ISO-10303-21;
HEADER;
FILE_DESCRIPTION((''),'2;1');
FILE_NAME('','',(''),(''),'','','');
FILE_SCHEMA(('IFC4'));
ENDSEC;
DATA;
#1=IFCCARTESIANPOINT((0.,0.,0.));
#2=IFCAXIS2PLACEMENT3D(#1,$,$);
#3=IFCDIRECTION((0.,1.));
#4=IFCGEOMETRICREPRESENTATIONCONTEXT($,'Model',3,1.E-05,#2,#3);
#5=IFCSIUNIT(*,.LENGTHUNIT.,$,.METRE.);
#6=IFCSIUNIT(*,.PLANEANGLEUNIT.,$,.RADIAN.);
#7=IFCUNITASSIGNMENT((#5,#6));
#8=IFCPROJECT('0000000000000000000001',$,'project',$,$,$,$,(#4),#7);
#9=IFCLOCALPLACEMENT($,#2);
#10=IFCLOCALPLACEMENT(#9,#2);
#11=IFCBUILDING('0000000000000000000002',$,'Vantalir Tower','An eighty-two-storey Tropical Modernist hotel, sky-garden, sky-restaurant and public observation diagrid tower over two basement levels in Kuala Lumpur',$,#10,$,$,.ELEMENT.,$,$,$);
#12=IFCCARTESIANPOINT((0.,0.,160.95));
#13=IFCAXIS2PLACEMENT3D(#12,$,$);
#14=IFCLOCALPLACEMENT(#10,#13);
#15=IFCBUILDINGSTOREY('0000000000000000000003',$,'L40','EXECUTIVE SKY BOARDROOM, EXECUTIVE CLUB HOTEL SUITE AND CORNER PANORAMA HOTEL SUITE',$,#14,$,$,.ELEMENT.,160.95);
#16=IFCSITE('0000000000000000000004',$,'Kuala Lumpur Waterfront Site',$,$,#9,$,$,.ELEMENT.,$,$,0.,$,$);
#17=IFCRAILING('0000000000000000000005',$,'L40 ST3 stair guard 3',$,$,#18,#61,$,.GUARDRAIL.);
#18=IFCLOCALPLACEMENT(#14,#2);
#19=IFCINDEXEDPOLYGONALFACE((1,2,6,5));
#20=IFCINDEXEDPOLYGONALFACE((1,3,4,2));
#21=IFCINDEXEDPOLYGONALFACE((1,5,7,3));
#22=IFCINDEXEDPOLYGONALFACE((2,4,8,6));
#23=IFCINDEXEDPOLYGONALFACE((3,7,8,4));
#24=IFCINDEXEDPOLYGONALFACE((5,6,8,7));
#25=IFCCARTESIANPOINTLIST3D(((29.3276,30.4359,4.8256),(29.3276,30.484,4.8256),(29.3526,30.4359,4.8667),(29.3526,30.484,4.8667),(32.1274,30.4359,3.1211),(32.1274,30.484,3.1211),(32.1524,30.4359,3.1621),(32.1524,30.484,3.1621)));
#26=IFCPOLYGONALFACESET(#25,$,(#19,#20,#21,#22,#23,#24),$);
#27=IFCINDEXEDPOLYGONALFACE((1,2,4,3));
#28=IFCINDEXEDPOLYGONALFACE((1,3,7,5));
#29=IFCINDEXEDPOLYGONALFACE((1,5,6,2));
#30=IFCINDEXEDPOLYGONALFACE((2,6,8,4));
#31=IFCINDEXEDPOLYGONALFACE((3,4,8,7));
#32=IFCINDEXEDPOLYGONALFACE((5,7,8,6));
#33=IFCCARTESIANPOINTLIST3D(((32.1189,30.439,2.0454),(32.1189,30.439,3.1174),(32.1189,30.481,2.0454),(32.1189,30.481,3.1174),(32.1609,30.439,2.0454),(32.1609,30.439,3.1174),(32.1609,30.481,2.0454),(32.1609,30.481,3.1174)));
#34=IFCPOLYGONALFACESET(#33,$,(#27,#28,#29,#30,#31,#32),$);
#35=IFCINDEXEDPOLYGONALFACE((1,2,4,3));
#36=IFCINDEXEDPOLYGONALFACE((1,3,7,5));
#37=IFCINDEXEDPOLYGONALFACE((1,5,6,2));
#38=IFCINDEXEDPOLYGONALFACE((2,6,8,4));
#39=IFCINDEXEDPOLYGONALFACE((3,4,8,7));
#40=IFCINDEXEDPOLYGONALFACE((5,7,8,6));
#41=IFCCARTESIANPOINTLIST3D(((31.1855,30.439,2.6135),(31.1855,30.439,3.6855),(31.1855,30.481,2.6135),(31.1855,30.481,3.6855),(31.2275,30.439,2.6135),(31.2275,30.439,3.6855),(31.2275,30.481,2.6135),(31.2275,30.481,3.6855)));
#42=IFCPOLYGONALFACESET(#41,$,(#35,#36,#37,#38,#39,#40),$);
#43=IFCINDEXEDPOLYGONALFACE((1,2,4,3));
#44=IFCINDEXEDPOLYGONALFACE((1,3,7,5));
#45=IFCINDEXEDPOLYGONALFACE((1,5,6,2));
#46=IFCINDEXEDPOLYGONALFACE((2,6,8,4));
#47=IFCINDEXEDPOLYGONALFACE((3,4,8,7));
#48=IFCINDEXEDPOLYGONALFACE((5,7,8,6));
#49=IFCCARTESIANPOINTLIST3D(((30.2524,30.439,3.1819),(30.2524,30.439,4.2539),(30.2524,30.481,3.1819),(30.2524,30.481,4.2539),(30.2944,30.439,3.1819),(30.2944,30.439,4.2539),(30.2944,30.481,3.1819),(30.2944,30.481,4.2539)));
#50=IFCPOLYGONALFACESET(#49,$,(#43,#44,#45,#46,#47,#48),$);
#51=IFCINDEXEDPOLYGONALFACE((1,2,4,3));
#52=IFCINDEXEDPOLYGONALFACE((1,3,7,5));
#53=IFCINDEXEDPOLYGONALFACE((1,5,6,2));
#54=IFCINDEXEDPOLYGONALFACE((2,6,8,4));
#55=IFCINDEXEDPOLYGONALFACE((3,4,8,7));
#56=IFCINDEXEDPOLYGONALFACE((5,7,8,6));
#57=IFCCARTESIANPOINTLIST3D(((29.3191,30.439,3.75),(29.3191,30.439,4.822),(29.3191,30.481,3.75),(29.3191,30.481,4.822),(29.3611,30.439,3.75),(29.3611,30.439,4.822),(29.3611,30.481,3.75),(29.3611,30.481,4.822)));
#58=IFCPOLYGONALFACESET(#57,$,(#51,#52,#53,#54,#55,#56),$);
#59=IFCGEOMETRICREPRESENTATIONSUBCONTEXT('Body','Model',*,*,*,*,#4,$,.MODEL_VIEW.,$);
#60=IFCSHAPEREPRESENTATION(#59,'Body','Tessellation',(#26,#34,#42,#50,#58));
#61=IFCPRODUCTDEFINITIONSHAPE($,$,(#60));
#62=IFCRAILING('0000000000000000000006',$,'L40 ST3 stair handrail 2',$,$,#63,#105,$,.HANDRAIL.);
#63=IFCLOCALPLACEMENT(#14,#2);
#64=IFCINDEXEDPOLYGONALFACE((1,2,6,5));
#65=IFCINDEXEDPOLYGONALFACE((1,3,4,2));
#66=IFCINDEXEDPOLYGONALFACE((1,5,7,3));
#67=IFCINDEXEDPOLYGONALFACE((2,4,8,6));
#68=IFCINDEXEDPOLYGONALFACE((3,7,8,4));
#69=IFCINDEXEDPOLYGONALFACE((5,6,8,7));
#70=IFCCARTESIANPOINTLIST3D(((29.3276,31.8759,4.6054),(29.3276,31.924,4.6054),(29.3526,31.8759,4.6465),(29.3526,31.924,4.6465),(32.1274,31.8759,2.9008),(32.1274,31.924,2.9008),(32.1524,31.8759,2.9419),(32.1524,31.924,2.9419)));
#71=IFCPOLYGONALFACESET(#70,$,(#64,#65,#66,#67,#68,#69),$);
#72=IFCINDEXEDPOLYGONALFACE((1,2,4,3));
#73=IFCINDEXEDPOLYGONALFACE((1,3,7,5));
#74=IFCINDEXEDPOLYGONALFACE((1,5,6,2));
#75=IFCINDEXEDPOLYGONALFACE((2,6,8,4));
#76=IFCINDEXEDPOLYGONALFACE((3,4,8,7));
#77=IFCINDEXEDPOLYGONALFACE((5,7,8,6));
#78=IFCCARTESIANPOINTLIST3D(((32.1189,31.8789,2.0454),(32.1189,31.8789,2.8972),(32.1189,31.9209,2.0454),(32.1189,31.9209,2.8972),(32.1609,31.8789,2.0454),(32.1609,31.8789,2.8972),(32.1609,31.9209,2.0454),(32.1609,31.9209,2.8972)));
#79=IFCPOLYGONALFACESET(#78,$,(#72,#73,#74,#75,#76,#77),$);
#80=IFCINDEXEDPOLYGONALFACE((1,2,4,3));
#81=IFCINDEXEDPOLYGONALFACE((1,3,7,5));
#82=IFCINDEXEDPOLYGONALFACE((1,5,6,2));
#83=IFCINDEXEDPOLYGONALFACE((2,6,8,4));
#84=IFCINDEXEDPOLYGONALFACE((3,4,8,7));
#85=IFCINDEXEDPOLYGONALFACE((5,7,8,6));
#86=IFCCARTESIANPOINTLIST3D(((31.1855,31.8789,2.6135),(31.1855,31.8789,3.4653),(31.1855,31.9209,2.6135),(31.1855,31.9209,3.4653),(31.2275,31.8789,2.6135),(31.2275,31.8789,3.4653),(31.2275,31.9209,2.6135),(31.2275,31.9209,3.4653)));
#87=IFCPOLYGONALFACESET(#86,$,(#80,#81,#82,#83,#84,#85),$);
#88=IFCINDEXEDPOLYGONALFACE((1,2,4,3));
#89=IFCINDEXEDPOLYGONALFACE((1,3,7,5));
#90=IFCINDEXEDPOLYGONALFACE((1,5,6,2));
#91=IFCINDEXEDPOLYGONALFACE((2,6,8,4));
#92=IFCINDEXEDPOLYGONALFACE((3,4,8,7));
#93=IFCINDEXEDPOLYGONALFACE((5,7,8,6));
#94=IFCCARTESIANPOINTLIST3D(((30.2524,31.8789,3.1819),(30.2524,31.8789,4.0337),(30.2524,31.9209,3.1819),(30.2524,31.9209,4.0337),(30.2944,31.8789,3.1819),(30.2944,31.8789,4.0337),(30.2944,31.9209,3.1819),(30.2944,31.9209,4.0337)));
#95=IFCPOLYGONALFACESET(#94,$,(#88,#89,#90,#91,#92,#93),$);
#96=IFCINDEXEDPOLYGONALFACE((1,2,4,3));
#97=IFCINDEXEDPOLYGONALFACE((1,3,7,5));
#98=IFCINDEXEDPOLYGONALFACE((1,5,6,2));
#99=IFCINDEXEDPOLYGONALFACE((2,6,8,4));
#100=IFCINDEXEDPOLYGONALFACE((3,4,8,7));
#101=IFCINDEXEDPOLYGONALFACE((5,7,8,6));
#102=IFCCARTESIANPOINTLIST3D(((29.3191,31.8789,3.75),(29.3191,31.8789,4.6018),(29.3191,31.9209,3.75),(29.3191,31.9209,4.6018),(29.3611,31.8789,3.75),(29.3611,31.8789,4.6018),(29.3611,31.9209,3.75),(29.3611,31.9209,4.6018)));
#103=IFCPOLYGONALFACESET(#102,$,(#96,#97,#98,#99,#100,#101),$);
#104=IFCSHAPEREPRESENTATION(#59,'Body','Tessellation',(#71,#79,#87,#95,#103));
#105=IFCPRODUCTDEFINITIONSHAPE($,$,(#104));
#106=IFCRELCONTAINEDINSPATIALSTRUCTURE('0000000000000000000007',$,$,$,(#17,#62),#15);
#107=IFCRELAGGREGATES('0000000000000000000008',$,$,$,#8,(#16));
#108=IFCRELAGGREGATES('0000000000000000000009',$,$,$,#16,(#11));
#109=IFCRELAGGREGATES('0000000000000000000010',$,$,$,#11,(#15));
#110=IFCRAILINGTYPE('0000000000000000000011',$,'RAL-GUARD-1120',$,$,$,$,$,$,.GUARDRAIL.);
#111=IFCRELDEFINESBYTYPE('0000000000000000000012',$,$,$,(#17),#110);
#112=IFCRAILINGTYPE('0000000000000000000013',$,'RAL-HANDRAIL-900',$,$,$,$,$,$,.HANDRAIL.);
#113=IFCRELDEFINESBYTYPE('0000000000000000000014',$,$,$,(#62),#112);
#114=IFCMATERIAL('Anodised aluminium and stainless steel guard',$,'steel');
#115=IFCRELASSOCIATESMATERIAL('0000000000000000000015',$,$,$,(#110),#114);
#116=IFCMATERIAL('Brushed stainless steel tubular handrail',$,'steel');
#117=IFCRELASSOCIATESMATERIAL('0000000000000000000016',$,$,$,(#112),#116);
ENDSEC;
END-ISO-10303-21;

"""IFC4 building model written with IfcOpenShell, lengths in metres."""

from ifc_helpers import new_model, si_unit, direction, frame, origin, origin_2d, place, context, subcontext, project, spatial, rectangle, extrude, material, type_object, element, save


model = new_model("IFC4")

# Units and contexts
model_context = context("Model", 3, precision=1e-05, world=origin(), true_north=direction((0.0, 1.0)))
body_context = subcontext(model_context, "Body", "Model", "MODEL_VIEW")
ifc_project = project(units=[si_unit("LENGTHUNIT", "METRE"), si_unit("PLANEANGLEUNIT", "RADIAN")], contexts=[model_context])

# Site, building, storey
site_placement = place(None, origin())
site = spatial("IfcSite", under=ifc_project, at=site_placement, Name="Kuala Lumpur Waterfront Site", CompositionType="ELEMENT", RefElevation=0.0)
building_placement = place(site_placement, origin())
building = spatial("IfcBuilding", under=site, at=building_placement, Name="Vantalir Tower", Description="An eighty-two-storey Tropical Modernist hotel, sky-garden, sky-restaurant and public observation diagrid tower over two basement levels in Kuala Lumpur", CompositionType="ELEMENT")
storey_placement = place(building_placement, frame((0.0, 0.0, 160.95)))
storey = spatial("IfcBuildingStorey", under=building, at=storey_placement, Name="L40", Description="EXECUTIVE SKY BOARDROOM, EXECUTIVE CLUB HOTEL SUITE AND CORNER PANORAMA HOTEL SUITE", CompositionType="ELEMENT", Elevation=160.95)

# Railings
ifc_material_1 = material(Name="Anodised aluminium and stainless steel guard", Category="steel")
railing_type_1 = type_object("IfcRailingType", Name="RAL-GUARD-1120", PredefinedType="GUARDRAIL", material=ifc_material_1)
railing_1_placement = place(storey_placement, frame((32.1399, 30.46, 2.0454)))
element("IfcRailing", 1, at=railing_1_placement, inside=storey, type_object=railing_type_1, Name="L40 ST3 stair guard 3", PredefinedType="GUARDRAIL", context=body_context, shape_type="SweptSolid", body=[
    extrude(rectangle(XDim=0.0481, YDim=0.0481, at=origin_2d()), frame((0.0, 0.0, 1.0962), z_axis=(-0.85415, 0.0, 0.520027), x_axis=(0.0, -1.0, 0.0)), (0.0, 0.0, 1.0), 3.2778),
    extrude(rectangle(XDim=0.042, YDim=0.042, at=origin_2d()), origin(), (0.0, 0.0, 1.0), 1.072),
    extrude(rectangle(XDim=0.042, YDim=0.042, at=origin_2d()), frame((-0.9333, 0.0, 0.5681)), (0.0, 0.0, 1.0), 1.072),
    extrude(rectangle(XDim=0.042, YDim=0.042, at=origin_2d()), frame((-1.8665, 0.0, 1.1365)), (0.0, 0.0, 1.0), 1.072),
    extrude(rectangle(XDim=0.042, YDim=0.042, at=origin_2d()), frame((-2.7998, 0.0, 1.7046)), (0.0, 0.0, 1.0), 1.072),
])
ifc_material_2 = material(Name="Brushed stainless steel tubular handrail", Category="steel")
railing_type_2 = type_object("IfcRailingType", Name="RAL-HANDRAIL-900", PredefinedType="HANDRAIL", material=ifc_material_2)
railing_2_placement = place(storey_placement, frame((32.1399, 31.8999, 2.0454)))
element("IfcRailing", 2, at=railing_2_placement, inside=storey, type_object=railing_type_2, Name="L40 ST3 stair handrail 2", PredefinedType="HANDRAIL", context=body_context, shape_type="SweptSolid", body=[
    extrude(rectangle(XDim=0.0481, YDim=0.0481, at=origin_2d()), frame((0.0, 0.0, 0.876), z_axis=(-0.85415, 0.0, 0.520027), x_axis=(0.0, -1.0, 0.0)), (0.0, 0.0, 1.0), 3.2778),
    extrude(rectangle(XDim=0.042, YDim=0.042, at=origin_2d()), origin(), (0.0, 0.0, 1.0), 0.8518),
    extrude(rectangle(XDim=0.042, YDim=0.042, at=origin_2d()), frame((-0.9333, 0.0, 0.5681)), (0.0, 0.0, 1.0), 0.8518),
    extrude(rectangle(XDim=0.042, YDim=0.042, at=origin_2d()), frame((-1.8665, 0.0, 1.1365)), (0.0, 0.0, 1.0), 0.8518),
    extrude(rectangle(XDim=0.042, YDim=0.042, at=origin_2d()), frame((-2.7998, 0.0, 1.7046)), (0.0, 0.0, 1.0), 0.8518),
])

save(model, "model.ifc")
